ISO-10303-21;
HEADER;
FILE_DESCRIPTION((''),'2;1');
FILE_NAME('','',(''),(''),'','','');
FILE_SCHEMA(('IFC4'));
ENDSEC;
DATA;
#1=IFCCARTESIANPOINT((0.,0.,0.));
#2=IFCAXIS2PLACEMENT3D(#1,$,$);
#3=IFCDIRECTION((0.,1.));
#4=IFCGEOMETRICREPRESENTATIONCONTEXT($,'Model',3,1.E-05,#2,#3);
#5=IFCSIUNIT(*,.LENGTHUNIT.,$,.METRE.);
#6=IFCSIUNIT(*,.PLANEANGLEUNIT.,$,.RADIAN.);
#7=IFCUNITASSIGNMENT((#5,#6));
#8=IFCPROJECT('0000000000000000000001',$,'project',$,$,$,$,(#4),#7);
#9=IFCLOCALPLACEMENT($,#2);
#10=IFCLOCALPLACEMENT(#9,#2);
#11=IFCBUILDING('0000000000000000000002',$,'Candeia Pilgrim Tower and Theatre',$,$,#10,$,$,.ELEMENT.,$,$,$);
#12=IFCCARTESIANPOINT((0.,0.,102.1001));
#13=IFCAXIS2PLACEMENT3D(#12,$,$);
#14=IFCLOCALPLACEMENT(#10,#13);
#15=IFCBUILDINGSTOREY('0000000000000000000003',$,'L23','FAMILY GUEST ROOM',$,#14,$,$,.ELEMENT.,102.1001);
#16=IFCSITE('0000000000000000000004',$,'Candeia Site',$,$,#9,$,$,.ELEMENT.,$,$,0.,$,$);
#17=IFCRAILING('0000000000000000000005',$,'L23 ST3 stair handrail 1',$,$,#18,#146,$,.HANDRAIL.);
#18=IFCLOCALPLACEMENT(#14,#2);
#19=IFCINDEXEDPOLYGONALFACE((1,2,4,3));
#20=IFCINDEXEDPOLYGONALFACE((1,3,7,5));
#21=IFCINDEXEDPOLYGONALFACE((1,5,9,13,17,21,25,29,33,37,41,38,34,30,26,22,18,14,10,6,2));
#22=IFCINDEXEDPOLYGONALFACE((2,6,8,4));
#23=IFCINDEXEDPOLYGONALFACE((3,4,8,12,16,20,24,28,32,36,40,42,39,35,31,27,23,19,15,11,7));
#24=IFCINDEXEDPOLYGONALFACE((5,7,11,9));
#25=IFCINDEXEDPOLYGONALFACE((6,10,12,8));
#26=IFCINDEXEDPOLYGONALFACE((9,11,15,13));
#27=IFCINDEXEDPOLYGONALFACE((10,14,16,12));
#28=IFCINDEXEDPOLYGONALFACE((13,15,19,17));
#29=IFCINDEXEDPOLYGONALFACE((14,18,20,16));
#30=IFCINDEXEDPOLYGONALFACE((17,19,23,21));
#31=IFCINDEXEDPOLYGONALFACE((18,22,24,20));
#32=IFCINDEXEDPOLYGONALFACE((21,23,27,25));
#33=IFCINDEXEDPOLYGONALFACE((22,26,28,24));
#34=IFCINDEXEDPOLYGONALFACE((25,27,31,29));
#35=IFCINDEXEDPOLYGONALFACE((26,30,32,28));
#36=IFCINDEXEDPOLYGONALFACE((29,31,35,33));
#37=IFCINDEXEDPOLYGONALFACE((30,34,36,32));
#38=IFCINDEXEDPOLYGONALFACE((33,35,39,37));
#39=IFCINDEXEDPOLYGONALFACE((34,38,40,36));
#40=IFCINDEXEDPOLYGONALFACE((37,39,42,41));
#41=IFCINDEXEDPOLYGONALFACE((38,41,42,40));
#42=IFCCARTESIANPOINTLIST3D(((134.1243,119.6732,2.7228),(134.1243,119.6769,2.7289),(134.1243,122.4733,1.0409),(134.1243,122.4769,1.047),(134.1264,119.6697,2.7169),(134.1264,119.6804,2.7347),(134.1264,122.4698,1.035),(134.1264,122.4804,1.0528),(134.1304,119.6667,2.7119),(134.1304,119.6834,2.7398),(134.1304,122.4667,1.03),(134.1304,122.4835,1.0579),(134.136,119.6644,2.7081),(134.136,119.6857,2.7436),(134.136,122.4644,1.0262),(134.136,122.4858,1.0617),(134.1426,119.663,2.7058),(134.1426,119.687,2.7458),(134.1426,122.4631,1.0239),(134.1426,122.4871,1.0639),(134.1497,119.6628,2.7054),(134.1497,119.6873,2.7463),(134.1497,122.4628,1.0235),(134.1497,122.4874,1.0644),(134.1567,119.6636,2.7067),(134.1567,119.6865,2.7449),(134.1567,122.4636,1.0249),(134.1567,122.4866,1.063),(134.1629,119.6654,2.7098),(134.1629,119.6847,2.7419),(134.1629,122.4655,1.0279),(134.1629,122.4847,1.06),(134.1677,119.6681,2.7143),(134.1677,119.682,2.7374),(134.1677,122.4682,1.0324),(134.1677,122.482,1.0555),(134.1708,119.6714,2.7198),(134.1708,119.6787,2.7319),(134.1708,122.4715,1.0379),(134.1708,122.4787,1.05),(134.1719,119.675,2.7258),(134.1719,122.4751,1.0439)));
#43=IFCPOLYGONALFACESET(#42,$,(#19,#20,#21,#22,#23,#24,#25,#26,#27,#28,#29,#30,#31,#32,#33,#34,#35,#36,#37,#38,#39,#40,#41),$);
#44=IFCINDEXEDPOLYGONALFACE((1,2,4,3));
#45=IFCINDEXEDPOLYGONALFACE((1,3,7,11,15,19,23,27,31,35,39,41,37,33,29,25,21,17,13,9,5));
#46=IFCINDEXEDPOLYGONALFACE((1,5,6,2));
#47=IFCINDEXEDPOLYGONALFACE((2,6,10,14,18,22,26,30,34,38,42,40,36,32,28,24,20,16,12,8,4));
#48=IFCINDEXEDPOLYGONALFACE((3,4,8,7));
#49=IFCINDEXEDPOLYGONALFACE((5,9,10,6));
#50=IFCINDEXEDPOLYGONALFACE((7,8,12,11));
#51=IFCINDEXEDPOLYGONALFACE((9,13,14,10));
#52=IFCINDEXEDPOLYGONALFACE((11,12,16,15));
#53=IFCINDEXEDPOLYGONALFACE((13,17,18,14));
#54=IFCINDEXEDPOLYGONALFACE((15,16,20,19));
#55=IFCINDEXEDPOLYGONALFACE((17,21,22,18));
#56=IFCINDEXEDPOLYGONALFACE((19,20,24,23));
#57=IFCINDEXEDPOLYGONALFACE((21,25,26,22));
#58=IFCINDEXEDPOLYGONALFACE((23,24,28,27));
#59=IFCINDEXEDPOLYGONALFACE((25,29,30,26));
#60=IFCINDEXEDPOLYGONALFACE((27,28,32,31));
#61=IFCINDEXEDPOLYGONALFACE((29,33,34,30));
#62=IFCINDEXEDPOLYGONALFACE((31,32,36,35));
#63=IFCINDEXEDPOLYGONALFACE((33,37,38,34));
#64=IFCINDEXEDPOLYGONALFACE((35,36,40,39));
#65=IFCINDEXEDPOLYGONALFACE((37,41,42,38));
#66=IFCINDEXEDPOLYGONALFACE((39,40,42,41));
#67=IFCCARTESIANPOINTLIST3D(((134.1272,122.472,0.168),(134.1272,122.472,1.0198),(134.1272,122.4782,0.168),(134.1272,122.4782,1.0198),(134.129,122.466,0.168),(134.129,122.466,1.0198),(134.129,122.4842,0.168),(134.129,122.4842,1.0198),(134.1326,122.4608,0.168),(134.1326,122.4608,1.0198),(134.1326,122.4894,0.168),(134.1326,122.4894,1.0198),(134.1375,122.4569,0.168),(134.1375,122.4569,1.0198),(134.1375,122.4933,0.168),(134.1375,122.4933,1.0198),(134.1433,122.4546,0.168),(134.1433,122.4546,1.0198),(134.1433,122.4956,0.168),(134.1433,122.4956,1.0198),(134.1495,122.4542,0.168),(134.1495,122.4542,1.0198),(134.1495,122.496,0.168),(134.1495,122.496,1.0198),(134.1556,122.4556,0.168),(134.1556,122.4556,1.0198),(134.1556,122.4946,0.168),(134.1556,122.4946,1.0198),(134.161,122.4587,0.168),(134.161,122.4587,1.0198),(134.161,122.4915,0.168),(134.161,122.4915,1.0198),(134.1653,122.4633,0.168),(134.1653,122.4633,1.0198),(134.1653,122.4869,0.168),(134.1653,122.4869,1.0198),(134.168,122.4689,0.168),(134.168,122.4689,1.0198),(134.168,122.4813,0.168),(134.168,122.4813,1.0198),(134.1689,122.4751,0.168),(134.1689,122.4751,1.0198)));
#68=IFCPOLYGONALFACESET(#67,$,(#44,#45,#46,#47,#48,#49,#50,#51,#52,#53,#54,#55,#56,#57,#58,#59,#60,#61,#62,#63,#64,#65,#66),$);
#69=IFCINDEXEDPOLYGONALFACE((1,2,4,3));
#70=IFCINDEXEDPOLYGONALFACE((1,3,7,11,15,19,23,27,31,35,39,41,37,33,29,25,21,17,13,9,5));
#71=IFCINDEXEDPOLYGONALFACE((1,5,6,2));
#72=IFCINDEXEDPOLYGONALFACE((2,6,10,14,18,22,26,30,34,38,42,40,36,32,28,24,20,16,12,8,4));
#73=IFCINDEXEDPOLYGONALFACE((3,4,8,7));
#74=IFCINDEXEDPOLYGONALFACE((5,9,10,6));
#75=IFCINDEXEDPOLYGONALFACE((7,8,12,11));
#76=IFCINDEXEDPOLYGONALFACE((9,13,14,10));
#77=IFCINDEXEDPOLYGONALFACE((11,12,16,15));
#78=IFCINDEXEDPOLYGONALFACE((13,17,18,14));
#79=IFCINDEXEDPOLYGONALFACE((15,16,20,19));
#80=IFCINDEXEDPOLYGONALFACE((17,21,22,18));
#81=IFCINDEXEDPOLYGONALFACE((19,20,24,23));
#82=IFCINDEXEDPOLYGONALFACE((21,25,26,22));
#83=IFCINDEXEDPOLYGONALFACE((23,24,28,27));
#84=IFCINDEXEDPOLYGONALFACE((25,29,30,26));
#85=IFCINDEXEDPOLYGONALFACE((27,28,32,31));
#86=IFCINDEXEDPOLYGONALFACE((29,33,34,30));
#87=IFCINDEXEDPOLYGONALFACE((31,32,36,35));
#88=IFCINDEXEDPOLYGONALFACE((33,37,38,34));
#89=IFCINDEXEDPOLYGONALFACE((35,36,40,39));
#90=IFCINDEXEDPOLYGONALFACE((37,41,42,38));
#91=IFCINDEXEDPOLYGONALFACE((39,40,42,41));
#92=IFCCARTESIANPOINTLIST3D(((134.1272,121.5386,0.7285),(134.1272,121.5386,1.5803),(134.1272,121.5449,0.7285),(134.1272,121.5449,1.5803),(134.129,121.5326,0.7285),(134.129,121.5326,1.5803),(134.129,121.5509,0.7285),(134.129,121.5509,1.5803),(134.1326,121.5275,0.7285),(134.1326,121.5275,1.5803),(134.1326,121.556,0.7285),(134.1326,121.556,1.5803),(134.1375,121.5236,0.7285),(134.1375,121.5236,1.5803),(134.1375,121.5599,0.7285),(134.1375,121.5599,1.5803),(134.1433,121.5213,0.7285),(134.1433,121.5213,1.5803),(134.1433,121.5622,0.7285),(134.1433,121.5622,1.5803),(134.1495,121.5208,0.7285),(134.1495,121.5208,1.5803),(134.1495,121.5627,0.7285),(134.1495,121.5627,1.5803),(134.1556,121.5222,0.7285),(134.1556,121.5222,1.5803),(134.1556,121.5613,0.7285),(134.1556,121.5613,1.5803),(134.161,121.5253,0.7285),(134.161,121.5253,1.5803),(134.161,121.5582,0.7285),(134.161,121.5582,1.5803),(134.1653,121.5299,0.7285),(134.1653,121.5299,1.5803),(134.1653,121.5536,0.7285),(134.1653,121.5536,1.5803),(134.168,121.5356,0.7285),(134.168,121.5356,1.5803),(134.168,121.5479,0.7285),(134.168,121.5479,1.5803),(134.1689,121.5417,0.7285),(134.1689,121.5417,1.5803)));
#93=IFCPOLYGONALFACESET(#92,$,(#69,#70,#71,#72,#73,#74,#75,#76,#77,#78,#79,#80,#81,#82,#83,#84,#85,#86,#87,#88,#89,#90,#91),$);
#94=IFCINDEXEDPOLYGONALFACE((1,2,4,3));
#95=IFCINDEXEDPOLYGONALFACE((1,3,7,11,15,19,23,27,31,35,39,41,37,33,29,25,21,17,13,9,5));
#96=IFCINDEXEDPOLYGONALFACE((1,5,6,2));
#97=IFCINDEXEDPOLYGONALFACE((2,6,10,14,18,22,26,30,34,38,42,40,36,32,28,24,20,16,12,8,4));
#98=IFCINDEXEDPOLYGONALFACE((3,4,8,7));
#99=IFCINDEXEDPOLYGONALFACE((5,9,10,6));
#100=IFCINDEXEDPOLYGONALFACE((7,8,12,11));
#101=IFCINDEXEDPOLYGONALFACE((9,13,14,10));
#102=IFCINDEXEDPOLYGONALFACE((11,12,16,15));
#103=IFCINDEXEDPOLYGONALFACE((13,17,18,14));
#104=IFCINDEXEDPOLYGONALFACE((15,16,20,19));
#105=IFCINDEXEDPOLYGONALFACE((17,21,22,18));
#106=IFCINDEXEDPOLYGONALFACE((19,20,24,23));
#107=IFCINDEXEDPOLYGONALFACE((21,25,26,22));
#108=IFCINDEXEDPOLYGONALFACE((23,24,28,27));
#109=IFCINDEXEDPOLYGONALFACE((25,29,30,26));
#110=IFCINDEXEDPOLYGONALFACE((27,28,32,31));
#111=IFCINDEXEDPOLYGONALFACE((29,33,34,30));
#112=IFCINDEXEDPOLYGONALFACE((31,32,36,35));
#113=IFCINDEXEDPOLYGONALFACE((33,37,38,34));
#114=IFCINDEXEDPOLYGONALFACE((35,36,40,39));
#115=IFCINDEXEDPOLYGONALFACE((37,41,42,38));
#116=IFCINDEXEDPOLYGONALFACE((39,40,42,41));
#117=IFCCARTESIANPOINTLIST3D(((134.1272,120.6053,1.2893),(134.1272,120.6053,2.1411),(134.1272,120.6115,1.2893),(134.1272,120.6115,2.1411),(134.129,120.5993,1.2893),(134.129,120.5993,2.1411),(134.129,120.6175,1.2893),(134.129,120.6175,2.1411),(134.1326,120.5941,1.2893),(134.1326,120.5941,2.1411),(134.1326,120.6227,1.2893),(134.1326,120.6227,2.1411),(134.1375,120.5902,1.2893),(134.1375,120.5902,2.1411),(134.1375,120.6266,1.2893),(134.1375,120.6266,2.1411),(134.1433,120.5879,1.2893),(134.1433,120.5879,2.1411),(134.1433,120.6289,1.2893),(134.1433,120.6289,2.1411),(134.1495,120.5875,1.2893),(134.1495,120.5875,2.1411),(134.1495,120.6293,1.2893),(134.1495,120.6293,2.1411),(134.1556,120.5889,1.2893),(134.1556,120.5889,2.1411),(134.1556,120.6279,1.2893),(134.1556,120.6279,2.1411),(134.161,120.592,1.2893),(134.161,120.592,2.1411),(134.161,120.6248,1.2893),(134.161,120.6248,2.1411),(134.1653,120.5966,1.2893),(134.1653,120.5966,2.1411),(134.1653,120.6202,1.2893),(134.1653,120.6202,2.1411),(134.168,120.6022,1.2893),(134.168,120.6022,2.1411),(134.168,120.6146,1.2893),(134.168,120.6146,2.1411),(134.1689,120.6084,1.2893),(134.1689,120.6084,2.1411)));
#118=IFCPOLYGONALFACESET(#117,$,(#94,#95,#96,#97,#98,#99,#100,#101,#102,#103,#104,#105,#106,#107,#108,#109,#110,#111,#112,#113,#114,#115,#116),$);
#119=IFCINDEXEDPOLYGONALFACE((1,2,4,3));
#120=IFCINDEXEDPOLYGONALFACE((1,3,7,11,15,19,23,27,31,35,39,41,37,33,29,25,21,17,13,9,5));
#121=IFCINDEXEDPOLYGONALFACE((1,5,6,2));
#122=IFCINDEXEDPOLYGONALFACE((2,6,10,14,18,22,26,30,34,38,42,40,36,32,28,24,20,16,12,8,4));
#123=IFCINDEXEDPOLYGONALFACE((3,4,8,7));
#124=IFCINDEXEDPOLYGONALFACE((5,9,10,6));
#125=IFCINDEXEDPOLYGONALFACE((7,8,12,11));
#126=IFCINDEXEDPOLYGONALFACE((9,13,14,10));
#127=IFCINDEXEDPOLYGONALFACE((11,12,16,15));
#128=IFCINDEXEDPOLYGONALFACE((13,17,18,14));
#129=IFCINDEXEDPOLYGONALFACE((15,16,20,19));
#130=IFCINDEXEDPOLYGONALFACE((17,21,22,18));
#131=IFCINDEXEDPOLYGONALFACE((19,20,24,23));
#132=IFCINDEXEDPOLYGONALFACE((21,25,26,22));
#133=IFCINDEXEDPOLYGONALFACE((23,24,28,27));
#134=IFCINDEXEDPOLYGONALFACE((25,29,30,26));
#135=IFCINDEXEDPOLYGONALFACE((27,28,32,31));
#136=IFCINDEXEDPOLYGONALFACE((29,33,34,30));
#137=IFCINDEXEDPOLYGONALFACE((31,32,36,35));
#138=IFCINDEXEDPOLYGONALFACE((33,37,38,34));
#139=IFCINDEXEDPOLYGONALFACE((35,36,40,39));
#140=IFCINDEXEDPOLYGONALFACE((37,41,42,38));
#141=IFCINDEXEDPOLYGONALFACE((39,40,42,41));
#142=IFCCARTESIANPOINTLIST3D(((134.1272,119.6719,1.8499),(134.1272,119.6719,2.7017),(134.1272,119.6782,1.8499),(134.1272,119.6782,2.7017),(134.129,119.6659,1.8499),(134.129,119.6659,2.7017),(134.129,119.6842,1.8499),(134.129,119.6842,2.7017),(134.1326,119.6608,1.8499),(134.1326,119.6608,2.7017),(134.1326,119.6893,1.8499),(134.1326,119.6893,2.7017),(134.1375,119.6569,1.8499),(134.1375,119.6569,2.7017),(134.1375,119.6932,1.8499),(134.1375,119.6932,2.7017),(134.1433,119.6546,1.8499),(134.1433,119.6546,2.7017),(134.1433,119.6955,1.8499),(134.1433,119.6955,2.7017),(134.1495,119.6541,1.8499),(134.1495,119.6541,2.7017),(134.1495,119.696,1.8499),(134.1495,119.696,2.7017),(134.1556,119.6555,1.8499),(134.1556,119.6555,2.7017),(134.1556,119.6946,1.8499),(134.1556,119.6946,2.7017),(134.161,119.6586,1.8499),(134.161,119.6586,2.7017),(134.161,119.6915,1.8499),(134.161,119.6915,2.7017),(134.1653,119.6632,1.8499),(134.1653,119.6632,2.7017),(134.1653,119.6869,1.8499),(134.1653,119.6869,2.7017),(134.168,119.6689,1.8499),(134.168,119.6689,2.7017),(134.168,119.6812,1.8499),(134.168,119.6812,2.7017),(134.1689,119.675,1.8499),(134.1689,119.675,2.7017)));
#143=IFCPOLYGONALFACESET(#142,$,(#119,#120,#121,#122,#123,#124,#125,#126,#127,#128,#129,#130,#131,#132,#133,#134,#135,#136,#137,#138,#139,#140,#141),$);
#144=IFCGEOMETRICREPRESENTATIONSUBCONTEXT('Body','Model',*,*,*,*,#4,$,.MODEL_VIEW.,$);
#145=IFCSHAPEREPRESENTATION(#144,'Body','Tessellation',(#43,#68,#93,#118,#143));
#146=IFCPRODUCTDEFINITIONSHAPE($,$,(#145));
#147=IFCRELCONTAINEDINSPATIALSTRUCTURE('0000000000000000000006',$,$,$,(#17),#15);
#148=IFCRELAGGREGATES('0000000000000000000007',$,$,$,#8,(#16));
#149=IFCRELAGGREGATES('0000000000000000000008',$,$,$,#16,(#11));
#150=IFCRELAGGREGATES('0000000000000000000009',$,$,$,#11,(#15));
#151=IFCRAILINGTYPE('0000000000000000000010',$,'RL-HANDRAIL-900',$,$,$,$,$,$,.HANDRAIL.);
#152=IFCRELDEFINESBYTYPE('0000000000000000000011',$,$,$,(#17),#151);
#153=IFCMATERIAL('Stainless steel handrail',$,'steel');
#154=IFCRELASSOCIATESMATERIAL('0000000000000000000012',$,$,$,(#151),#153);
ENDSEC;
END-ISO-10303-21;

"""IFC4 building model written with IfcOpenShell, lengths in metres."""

from ifc_helpers import new_model, si_unit, direction, frame, origin, origin_2d, place, context, subcontext, project, spatial, circle, extrude, material, type_object, element, save


model = new_model("IFC4")

# Units and contexts
model_context = context("Model", 3, precision=1e-05, world=origin(), true_north=direction((0.0, 1.0)))
body_context = subcontext(model_context, "Body", "Model", "MODEL_VIEW")
ifc_project = project(units=[si_unit("LENGTHUNIT", "METRE"), si_unit("PLANEANGLEUNIT", "RADIAN")], contexts=[model_context])

# Site, building, storey
site_placement = place(None, origin())
site = spatial("IfcSite", under=ifc_project, at=site_placement, Name="Candeia Site", CompositionType="ELEMENT", RefElevation=0.0)
building_placement = place(site_placement, origin())
building = spatial("IfcBuilding", under=site, at=building_placement, Name="Candeia Pilgrim Tower and Theatre", CompositionType="ELEMENT")
storey_placement = place(building_placement, frame((0.0, 0.0, 102.1001)))
storey = spatial("IfcBuildingStorey", under=building, at=storey_placement, Name="L23", Description="FAMILY GUEST ROOM", CompositionType="ELEMENT", Elevation=102.1001)

# Railing
ifc_material_1 = material(Name="Stainless steel handrail", Category="steel")
railing_type_1 = type_object("IfcRailingType", Name="RL-HANDRAIL-900", PredefinedType="HANDRAIL", material=ifc_material_1)
railing_1_placement = place(storey_placement, frame((134.1479, 122.4751, 0.168)))
element("IfcRailing", 1, at=railing_1_placement, inside=storey, type_object=railing_type_1, Name="L23 ST3 stair handrail 1", PredefinedType="HANDRAIL", context=body_context, shape_type="SweptSolid", body=[
    extrude(circle(Radius=0.0239, at=origin_2d()), frame((0.0, 0.0, 0.876), z_axis=(0.0, -0.857242, 0.514913), x_axis=(1.0, 0.0, 0.0)), (0.0, 0.0, 1.0), 3.2664),
    extrude(circle(Radius=0.021, at=origin_2d()), origin(), (0.0, 0.0, 1.0), 0.8518),
    extrude(circle(Radius=0.021, at=origin_2d()), frame((0.0, -0.9333, 0.5605)), (0.0, 0.0, 1.0), 0.8518),
    extrude(circle(Radius=0.021, at=origin_2d()), frame((0.0, -1.8667, 1.1213)), (0.0, 0.0, 1.0), 0.8518),
    extrude(circle(Radius=0.021, at=origin_2d()), frame((0.0, -2.8, 1.6819)), (0.0, 0.0, 1.0), 0.8518),
])

save(model, "model.ifc")
